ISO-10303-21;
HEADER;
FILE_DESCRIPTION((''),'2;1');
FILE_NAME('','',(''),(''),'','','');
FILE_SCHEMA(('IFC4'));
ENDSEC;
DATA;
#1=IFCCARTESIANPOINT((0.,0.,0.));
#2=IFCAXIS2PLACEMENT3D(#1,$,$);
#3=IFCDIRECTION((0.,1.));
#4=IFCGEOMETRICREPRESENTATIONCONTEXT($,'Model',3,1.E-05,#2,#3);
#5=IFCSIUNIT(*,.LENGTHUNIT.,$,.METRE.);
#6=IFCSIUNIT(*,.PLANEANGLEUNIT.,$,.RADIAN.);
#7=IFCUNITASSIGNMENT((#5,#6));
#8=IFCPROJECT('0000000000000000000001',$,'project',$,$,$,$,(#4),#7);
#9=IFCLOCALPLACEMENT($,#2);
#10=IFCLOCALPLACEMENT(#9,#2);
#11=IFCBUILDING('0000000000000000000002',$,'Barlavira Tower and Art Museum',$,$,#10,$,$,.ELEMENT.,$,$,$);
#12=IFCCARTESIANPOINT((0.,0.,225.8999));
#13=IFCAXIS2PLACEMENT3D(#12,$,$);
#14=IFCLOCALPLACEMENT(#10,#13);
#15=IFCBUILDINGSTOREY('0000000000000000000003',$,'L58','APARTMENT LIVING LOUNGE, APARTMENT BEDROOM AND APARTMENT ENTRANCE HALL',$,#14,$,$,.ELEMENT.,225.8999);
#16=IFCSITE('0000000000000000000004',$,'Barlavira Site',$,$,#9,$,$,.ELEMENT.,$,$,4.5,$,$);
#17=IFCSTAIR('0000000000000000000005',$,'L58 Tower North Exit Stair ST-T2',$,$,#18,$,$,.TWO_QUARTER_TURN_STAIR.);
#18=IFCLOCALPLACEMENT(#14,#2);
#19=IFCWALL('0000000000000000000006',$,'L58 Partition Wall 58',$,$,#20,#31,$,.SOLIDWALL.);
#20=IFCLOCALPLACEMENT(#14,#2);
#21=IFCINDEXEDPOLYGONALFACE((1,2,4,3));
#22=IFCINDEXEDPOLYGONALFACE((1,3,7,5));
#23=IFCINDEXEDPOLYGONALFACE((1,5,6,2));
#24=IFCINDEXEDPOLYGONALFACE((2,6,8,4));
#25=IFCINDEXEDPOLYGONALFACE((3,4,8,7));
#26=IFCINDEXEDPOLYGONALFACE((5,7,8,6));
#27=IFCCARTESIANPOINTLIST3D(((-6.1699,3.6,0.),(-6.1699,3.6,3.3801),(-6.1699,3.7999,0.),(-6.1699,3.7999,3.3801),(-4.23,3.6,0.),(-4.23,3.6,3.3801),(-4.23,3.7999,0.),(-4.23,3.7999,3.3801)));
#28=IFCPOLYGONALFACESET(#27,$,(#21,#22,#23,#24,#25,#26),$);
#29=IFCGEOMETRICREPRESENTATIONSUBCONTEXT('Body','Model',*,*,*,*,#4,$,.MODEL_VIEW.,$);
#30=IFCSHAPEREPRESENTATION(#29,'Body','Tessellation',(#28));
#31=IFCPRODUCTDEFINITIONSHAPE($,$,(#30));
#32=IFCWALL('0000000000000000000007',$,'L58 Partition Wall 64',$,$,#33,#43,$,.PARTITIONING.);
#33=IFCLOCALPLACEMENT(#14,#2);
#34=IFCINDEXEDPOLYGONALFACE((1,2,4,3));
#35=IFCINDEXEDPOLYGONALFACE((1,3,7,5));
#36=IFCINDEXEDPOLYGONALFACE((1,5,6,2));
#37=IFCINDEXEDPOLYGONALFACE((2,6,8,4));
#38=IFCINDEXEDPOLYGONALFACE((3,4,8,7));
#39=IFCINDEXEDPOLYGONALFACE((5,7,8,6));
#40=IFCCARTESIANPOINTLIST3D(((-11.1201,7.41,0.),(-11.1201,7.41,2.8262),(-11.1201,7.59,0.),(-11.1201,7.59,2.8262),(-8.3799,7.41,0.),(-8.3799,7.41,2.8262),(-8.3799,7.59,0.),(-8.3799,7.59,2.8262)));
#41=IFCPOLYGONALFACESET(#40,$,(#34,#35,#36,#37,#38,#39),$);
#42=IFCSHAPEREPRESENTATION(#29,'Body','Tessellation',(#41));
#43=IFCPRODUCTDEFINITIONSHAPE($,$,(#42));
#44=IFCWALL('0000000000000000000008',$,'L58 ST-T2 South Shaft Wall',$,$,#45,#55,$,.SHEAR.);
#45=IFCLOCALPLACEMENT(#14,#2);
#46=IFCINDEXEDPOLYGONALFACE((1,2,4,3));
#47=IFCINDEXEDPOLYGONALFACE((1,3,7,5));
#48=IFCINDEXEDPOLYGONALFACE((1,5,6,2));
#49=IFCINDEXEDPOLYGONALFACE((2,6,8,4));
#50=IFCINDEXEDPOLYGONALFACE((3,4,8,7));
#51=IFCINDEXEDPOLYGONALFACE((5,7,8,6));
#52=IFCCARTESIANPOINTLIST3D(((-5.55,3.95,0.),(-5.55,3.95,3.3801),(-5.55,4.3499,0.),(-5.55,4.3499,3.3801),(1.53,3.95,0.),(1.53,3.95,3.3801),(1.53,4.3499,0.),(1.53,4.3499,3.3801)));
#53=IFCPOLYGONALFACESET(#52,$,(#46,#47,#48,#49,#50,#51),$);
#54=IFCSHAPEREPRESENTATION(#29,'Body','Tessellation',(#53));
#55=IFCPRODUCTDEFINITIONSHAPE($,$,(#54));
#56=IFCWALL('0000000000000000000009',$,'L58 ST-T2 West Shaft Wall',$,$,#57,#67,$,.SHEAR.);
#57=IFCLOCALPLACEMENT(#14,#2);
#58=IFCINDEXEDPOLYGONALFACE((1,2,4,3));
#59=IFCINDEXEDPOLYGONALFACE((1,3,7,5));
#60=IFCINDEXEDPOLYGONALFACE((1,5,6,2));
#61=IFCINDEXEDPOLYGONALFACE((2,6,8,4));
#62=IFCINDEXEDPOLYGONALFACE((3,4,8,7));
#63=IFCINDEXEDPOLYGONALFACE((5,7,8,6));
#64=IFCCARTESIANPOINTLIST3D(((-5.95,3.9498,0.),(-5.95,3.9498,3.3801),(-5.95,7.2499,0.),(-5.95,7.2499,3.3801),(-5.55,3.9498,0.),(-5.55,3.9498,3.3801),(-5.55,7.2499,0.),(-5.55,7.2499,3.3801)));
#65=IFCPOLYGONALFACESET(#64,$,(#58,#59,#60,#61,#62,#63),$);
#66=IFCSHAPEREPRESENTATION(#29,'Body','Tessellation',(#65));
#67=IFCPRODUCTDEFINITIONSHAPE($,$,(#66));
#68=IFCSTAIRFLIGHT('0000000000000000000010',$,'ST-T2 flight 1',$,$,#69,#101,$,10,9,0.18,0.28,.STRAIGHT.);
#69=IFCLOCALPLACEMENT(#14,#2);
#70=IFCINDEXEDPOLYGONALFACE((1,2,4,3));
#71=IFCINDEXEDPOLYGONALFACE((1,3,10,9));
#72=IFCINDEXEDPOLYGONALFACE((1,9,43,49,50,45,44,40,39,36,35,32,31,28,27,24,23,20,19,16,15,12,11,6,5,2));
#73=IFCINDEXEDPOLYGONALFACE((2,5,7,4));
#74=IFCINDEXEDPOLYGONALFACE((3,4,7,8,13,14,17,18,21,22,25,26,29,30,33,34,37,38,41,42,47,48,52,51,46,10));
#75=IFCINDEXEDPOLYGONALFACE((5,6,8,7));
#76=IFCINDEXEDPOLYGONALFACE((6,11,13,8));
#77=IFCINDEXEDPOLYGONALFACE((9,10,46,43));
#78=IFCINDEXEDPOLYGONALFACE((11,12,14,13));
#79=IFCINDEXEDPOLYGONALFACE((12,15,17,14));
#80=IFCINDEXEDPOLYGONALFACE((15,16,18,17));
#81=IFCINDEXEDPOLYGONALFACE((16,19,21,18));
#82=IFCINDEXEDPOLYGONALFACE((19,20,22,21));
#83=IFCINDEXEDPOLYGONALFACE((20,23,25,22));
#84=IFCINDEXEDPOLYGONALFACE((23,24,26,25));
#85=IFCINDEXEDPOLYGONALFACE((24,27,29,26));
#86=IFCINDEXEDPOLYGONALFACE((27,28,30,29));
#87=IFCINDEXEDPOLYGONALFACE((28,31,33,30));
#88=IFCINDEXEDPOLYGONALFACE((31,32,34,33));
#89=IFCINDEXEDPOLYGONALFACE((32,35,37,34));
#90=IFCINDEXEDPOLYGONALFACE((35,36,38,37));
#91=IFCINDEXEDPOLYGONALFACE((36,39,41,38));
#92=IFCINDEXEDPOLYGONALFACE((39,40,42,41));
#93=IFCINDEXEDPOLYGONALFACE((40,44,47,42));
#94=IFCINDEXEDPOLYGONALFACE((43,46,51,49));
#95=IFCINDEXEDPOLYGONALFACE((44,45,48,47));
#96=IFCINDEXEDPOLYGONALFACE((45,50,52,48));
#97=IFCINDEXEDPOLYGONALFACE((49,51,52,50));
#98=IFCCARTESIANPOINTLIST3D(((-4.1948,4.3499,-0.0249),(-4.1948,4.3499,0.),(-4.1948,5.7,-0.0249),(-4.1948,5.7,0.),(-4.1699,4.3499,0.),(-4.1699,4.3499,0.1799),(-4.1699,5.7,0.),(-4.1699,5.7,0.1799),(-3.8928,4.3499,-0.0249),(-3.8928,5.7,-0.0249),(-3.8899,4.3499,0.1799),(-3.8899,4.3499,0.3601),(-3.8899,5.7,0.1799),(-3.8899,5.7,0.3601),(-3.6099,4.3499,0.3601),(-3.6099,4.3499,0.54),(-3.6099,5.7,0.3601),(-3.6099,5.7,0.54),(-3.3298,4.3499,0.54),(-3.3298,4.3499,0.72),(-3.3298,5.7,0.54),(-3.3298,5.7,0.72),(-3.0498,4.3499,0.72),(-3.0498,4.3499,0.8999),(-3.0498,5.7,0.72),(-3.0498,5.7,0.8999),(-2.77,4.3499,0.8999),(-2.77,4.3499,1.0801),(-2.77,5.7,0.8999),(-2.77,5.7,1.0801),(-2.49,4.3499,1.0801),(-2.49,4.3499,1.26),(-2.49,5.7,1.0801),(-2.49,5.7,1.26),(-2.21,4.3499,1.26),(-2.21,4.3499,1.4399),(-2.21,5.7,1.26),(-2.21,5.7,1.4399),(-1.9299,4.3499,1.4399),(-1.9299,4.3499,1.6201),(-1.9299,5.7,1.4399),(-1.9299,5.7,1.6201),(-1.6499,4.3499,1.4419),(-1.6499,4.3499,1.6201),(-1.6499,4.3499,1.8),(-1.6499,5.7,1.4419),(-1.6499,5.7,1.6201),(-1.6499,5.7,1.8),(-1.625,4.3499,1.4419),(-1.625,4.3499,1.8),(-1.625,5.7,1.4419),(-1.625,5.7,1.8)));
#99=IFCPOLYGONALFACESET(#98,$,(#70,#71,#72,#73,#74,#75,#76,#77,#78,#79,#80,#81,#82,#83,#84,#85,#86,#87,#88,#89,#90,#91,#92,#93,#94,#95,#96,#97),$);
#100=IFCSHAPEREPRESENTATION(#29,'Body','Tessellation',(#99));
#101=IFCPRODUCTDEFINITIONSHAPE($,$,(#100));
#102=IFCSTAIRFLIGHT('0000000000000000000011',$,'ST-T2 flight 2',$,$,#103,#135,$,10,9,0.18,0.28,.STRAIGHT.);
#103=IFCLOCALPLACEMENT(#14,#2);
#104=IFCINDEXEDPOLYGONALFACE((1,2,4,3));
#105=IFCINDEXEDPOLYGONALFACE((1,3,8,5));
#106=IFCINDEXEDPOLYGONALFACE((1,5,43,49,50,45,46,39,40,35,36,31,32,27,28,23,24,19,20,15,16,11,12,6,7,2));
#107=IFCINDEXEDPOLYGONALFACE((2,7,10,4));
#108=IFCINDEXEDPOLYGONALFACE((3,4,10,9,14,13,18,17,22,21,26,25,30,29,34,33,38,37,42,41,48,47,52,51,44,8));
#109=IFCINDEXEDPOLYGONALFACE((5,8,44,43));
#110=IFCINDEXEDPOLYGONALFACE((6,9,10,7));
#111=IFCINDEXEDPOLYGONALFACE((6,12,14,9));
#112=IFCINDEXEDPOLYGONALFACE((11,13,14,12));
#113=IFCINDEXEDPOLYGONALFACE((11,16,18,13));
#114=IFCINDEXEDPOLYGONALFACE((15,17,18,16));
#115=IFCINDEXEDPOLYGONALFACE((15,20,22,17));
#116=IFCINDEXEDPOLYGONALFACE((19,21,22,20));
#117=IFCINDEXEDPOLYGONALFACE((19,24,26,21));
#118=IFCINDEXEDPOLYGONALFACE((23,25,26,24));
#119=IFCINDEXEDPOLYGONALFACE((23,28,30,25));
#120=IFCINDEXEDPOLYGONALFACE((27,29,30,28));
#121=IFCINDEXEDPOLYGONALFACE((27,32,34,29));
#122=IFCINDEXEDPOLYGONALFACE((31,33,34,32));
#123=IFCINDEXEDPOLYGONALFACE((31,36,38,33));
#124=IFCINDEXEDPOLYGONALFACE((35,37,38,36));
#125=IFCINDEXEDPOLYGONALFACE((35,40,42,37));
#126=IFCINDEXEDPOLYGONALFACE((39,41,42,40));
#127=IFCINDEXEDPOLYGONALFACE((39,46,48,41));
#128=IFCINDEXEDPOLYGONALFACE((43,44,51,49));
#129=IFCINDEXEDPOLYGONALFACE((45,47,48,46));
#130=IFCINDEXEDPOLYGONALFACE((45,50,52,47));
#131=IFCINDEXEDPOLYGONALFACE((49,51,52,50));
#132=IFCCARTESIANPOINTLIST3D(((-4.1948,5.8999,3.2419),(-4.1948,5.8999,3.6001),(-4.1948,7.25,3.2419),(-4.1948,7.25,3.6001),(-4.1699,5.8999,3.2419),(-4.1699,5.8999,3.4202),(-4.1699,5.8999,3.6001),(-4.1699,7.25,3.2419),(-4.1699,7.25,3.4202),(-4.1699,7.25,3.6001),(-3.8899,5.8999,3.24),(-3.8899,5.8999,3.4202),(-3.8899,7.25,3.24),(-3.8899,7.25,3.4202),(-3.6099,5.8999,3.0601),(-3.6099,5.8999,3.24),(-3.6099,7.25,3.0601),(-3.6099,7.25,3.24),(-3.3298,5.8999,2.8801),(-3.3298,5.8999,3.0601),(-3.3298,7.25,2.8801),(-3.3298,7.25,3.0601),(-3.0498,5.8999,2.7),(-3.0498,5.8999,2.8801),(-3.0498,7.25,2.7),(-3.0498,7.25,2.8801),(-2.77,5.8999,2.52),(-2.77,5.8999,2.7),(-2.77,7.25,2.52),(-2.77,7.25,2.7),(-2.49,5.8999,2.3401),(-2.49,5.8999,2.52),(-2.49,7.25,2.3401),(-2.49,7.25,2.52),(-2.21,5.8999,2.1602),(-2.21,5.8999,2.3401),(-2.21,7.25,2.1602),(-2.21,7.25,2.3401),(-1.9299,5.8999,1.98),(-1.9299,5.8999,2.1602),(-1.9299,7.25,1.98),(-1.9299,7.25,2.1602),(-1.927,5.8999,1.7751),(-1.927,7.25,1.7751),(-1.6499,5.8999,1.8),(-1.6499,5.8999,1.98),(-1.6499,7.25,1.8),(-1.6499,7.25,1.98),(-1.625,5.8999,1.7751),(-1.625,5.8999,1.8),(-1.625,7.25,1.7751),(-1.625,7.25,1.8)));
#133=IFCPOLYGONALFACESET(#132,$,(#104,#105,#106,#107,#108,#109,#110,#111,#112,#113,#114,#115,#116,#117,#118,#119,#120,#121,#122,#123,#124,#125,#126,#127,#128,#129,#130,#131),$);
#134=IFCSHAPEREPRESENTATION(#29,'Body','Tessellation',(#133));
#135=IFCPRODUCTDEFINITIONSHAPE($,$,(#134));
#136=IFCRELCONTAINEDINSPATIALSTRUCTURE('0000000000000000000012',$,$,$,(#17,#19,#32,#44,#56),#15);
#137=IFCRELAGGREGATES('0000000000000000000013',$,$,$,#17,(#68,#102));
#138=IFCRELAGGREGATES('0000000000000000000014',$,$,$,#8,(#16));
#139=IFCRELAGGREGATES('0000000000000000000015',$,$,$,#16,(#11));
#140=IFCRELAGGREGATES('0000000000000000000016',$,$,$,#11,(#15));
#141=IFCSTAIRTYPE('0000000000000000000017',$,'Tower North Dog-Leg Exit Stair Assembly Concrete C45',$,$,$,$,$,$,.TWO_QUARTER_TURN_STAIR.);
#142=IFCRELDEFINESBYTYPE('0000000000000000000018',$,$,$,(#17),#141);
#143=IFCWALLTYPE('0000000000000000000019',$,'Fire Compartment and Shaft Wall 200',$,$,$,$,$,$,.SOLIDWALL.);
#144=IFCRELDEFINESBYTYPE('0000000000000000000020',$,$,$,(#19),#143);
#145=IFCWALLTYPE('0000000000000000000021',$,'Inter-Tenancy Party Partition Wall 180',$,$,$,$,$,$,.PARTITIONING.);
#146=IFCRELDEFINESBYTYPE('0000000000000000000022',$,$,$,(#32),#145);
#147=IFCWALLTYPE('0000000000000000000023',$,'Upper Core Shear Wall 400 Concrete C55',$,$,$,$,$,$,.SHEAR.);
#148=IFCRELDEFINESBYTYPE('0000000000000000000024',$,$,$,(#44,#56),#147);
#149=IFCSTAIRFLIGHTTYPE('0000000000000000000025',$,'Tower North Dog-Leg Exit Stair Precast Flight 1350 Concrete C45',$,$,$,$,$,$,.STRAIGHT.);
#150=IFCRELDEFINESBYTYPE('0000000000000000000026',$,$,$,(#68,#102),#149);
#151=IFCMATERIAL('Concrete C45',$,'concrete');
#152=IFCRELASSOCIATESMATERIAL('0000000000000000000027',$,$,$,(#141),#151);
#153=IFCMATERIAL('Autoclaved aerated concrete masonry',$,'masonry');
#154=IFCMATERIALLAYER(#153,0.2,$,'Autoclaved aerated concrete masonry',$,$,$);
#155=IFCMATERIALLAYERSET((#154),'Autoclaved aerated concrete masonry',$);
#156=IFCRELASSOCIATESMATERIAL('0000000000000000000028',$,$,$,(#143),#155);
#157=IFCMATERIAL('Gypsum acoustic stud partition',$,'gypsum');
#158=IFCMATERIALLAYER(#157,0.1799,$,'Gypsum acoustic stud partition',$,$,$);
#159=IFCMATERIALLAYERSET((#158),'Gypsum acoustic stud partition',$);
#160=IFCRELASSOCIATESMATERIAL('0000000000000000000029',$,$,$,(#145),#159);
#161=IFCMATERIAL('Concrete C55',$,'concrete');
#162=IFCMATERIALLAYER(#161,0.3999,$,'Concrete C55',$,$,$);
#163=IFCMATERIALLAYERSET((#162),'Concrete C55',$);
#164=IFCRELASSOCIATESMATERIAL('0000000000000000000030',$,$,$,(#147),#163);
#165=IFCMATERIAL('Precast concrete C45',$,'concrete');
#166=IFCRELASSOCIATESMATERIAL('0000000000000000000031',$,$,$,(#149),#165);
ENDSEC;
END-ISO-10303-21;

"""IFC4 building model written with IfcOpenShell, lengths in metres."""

from ifc_helpers import new_model, si_unit, direction, frame, frame_2d, origin, place, context, subcontext, project, spatial, polyline, rectangle, outline, extrude, material, layer, layer_set, type_object, element, aggregate, save


model = new_model("IFC4")

# Units and contexts
model_context = context("Model", 3, precision=1e-05, world=origin(), true_north=direction((0.0, 1.0)))
body_context = subcontext(model_context, "Body", "Model", "MODEL_VIEW")
ifc_project = project(units=[si_unit("LENGTHUNIT", "METRE"), si_unit("PLANEANGLEUNIT", "RADIAN")], contexts=[model_context])

# Site, building, storey
site_placement = place(None, origin())
site = spatial("IfcSite", under=ifc_project, at=site_placement, Name="Barlavira Site", CompositionType="ELEMENT", RefElevation=4.5)
building_placement = place(site_placement, origin())
building = spatial("IfcBuilding", under=site, at=building_placement, Name="Barlavira Tower and Art Museum", CompositionType="ELEMENT")
storey_placement = place(building_placement, frame((0.0, 0.0, 225.8999)))
storey = spatial("IfcBuildingStorey", under=building, at=storey_placement, Name="L58", Description="APARTMENT LIVING LOUNGE, APARTMENT BEDROOM AND APARTMENT ENTRANCE HALL", CompositionType="ELEMENT", Elevation=225.8999)

# Stair
ifc_material_1 = material(Name="Concrete C45", Category="concrete")
stair_type_1 = type_object("IfcStairType", Name="Tower North Dog-Leg Exit Stair Assembly Concrete C45", PredefinedType="TWO_QUARTER_TURN_STAIR", material=ifc_material_1)
stair_1_placement = place(storey_placement, origin())
stair_1 = element("IfcStair", 1, at=stair_1_placement, inside=storey, type_object=stair_type_1, Name="L58 Tower North Exit Stair ST-T2", PredefinedType="TWO_QUARTER_TURN_STAIR")

# Shared definitions
ifc_material_2 = material(Name="Autoclaved aerated concrete masonry", Category="masonry")
ifc_layer_1 = layer(ifc_material_2, 0.2, Name="Autoclaved aerated concrete masonry")
ifc_layer_set_1 = layer_set([ifc_layer_1], Name="Autoclaved aerated concrete masonry")
wall_type_1 = type_object("IfcWallType", Name="Fire Compartment and Shaft Wall 200", PredefinedType="SOLIDWALL", material=ifc_layer_set_1)

# Walls
wall_1_placement = place(storey_placement, frame((-6.1699, 3.7, 0.0), z_axis=(0.0, 0.0, 1.0), x_axis=(1.0, 0.0, 0.0)))
element("IfcWall", 2, at=wall_1_placement, inside=storey, type_object=wall_type_1, Name="L58 Partition Wall 58", PredefinedType="SOLIDWALL", context=body_context, shape_type="SweptSolid", body=[
    extrude(rectangle(XDim=1.9399, YDim=0.2, at=frame_2d((0.97, 0.0))), origin(), (0.0, 0.0, 1.0), 3.3801),
])
ifc_material_3 = material(Name="Gypsum acoustic stud partition", Category="gypsum")
ifc_layer_2 = layer(ifc_material_3, 0.1799, Name="Gypsum acoustic stud partition")
ifc_layer_set_2 = layer_set([ifc_layer_2], Name="Gypsum acoustic stud partition")
wall_type_2 = type_object("IfcWallType", Name="Inter-Tenancy Party Partition Wall 180", PredefinedType="PARTITIONING", material=ifc_layer_set_2)
wall_2_placement = place(storey_placement, frame((-11.1201, 7.5, 0.0), z_axis=(0.0, 0.0, 1.0), x_axis=(1.0, 0.0, 0.0)))
element("IfcWall", 3, at=wall_2_placement, inside=storey, type_object=wall_type_2, Name="L58 Partition Wall 64", PredefinedType="PARTITIONING", context=body_context, shape_type="SweptSolid", body=[
    extrude(rectangle(XDim=2.7402, YDim=0.1799, at=frame_2d((1.3701, 0.0))), origin(), (0.0, 0.0, 1.0), 2.8262),
])
ifc_material_4 = material(Name="Concrete C55", Category="concrete")
ifc_layer_3 = layer(ifc_material_4, 0.3999, Name="Concrete C55")
ifc_layer_set_3 = layer_set([ifc_layer_3], Name="Concrete C55")
wall_type_3 = type_object("IfcWallType", Name="Upper Core Shear Wall 400 Concrete C55", PredefinedType="SHEAR", material=ifc_layer_set_3)
wall_3_placement = place(storey_placement, frame((-5.55, 4.1499, 0.0), z_axis=(0.0, 0.0, 1.0), x_axis=(1.0, 0.0, 0.0)))
element("IfcWall", 4, at=wall_3_placement, inside=storey, type_object=wall_type_3, Name="L58 ST-T2 South Shaft Wall", PredefinedType="SHEAR", context=body_context, shape_type="SweptSolid", body=[
    extrude(rectangle(XDim=7.0801, YDim=0.3999, at=frame_2d((3.54, 0.0))), origin(), (0.0, 0.0, 1.0), 3.3801),
])
wall_4_placement = place(storey_placement, frame((-5.75, 3.95, 0.0), z_axis=(0.0, 0.0, 1.0), x_axis=(0.0, 1.0, 0.0)))
element("IfcWall", 5, at=wall_4_placement, inside=storey, type_object=wall_type_3, Name="L58 ST-T2 West Shaft Wall", PredefinedType="SHEAR", context=body_context, shape_type="SweptSolid", body=[
    extrude(rectangle(XDim=3.3, YDim=0.3999, at=frame_2d((1.6499, 0.0))), origin(), (0.0, 0.0, 1.0), 3.3801),
])

# Stair flights
ifc_material_5 = material(Name="Precast concrete C45", Category="concrete")
stair_flight_type = type_object("IfcStairFlightType", Name="Tower North Dog-Leg Exit Stair Precast Flight 1350 Concrete C45", PredefinedType="STRAIGHT", material=ifc_material_5)
stair_flight_1_placement = place(storey_placement, frame((-4.1699, 5.0249, 0.0), z_axis=(0.0, 0.0, 1.0), x_axis=(1.0, 0.0, 0.0)))
stair_flight_1 = element("IfcStairFlight", 6, at=stair_flight_1_placement, type_object=stair_flight_type, Name="ST-T2 flight 1", NumberOfRisers=10, NumberOfTreads=9, PredefinedType="STRAIGHT", RiserHeight=0.18, TreadLength=0.28, context=body_context, shape_type="SweptSolid", body=[
    extrude(outline(polyline([(-0.0249, 0.0), (0.0, 0.0), (0.0, 0.1799), (0.28, 0.1799), (0.28, 0.3601), (0.5601, 0.3601), (0.5601, 0.54), (0.8401, 0.54), (0.8401, 0.72), (1.1201, 0.72), (1.1201, 0.8999), (1.3999, 0.8999), (1.3999, 1.0801), (1.6799, 1.0801), (1.6799, 1.26), (1.96, 1.26), (1.96, 1.4399), (2.24, 1.4399), (2.24, 1.6201), (2.52, 1.6201), (2.52, 1.8), (2.5449, 1.8), (2.5449, 1.4419), (2.52, 1.4419), (0.2771, -0.0249), (-0.0249, -0.0249), (-0.0249, 0.0)])), frame((0.0, 0.675, 0.0), z_axis=(0.0, -1.0, 0.0), x_axis=(1.0, 0.0, 0.0)), (0.0, 0.0, 1.0), 1.3501),
])
stair_flight_2_placement = place(storey_placement, frame((-1.6499, 6.575, 1.8), z_axis=(0.0, 0.0, 1.0), x_axis=(-1.0, 0.0, 0.0)))
stair_flight_2 = element("IfcStairFlight", 7, at=stair_flight_2_placement, type_object=stair_flight_type, Name="ST-T2 flight 2", NumberOfRisers=10, NumberOfTreads=9, PredefinedType="STRAIGHT", RiserHeight=0.18, TreadLength=0.28, context=body_context, shape_type="SweptSolid", body=[
    extrude(outline(polyline([(-0.0249, 0.0), (0.0, 0.0), (0.0, 0.1799), (0.28, 0.1799), (0.28, 0.3601), (0.5601, 0.3601), (0.5601, 0.54), (0.8401, 0.54), (0.8401, 0.72), (1.1201, 0.72), (1.1201, 0.8999), (1.3999, 0.8999), (1.3999, 1.0801), (1.6799, 1.0801), (1.6799, 1.26), (1.96, 1.26), (1.96, 1.4399), (2.24, 1.4399), (2.24, 1.6201), (2.52, 1.6201), (2.52, 1.8), (2.5449, 1.8), (2.5449, 1.4419), (2.52, 1.4419), (0.2771, -0.0249), (-0.0249, -0.0249), (-0.0249, 0.0)])), frame((0.0, 0.675, 0.0), z_axis=(0.0, -1.0, 0.0), x_axis=(1.0, 0.0, 0.0)), (0.0, 0.0, 1.0), 1.3501),
])
aggregate(stair_1, [stair_flight_1, stair_flight_2])

save(model, "model.ifc")
